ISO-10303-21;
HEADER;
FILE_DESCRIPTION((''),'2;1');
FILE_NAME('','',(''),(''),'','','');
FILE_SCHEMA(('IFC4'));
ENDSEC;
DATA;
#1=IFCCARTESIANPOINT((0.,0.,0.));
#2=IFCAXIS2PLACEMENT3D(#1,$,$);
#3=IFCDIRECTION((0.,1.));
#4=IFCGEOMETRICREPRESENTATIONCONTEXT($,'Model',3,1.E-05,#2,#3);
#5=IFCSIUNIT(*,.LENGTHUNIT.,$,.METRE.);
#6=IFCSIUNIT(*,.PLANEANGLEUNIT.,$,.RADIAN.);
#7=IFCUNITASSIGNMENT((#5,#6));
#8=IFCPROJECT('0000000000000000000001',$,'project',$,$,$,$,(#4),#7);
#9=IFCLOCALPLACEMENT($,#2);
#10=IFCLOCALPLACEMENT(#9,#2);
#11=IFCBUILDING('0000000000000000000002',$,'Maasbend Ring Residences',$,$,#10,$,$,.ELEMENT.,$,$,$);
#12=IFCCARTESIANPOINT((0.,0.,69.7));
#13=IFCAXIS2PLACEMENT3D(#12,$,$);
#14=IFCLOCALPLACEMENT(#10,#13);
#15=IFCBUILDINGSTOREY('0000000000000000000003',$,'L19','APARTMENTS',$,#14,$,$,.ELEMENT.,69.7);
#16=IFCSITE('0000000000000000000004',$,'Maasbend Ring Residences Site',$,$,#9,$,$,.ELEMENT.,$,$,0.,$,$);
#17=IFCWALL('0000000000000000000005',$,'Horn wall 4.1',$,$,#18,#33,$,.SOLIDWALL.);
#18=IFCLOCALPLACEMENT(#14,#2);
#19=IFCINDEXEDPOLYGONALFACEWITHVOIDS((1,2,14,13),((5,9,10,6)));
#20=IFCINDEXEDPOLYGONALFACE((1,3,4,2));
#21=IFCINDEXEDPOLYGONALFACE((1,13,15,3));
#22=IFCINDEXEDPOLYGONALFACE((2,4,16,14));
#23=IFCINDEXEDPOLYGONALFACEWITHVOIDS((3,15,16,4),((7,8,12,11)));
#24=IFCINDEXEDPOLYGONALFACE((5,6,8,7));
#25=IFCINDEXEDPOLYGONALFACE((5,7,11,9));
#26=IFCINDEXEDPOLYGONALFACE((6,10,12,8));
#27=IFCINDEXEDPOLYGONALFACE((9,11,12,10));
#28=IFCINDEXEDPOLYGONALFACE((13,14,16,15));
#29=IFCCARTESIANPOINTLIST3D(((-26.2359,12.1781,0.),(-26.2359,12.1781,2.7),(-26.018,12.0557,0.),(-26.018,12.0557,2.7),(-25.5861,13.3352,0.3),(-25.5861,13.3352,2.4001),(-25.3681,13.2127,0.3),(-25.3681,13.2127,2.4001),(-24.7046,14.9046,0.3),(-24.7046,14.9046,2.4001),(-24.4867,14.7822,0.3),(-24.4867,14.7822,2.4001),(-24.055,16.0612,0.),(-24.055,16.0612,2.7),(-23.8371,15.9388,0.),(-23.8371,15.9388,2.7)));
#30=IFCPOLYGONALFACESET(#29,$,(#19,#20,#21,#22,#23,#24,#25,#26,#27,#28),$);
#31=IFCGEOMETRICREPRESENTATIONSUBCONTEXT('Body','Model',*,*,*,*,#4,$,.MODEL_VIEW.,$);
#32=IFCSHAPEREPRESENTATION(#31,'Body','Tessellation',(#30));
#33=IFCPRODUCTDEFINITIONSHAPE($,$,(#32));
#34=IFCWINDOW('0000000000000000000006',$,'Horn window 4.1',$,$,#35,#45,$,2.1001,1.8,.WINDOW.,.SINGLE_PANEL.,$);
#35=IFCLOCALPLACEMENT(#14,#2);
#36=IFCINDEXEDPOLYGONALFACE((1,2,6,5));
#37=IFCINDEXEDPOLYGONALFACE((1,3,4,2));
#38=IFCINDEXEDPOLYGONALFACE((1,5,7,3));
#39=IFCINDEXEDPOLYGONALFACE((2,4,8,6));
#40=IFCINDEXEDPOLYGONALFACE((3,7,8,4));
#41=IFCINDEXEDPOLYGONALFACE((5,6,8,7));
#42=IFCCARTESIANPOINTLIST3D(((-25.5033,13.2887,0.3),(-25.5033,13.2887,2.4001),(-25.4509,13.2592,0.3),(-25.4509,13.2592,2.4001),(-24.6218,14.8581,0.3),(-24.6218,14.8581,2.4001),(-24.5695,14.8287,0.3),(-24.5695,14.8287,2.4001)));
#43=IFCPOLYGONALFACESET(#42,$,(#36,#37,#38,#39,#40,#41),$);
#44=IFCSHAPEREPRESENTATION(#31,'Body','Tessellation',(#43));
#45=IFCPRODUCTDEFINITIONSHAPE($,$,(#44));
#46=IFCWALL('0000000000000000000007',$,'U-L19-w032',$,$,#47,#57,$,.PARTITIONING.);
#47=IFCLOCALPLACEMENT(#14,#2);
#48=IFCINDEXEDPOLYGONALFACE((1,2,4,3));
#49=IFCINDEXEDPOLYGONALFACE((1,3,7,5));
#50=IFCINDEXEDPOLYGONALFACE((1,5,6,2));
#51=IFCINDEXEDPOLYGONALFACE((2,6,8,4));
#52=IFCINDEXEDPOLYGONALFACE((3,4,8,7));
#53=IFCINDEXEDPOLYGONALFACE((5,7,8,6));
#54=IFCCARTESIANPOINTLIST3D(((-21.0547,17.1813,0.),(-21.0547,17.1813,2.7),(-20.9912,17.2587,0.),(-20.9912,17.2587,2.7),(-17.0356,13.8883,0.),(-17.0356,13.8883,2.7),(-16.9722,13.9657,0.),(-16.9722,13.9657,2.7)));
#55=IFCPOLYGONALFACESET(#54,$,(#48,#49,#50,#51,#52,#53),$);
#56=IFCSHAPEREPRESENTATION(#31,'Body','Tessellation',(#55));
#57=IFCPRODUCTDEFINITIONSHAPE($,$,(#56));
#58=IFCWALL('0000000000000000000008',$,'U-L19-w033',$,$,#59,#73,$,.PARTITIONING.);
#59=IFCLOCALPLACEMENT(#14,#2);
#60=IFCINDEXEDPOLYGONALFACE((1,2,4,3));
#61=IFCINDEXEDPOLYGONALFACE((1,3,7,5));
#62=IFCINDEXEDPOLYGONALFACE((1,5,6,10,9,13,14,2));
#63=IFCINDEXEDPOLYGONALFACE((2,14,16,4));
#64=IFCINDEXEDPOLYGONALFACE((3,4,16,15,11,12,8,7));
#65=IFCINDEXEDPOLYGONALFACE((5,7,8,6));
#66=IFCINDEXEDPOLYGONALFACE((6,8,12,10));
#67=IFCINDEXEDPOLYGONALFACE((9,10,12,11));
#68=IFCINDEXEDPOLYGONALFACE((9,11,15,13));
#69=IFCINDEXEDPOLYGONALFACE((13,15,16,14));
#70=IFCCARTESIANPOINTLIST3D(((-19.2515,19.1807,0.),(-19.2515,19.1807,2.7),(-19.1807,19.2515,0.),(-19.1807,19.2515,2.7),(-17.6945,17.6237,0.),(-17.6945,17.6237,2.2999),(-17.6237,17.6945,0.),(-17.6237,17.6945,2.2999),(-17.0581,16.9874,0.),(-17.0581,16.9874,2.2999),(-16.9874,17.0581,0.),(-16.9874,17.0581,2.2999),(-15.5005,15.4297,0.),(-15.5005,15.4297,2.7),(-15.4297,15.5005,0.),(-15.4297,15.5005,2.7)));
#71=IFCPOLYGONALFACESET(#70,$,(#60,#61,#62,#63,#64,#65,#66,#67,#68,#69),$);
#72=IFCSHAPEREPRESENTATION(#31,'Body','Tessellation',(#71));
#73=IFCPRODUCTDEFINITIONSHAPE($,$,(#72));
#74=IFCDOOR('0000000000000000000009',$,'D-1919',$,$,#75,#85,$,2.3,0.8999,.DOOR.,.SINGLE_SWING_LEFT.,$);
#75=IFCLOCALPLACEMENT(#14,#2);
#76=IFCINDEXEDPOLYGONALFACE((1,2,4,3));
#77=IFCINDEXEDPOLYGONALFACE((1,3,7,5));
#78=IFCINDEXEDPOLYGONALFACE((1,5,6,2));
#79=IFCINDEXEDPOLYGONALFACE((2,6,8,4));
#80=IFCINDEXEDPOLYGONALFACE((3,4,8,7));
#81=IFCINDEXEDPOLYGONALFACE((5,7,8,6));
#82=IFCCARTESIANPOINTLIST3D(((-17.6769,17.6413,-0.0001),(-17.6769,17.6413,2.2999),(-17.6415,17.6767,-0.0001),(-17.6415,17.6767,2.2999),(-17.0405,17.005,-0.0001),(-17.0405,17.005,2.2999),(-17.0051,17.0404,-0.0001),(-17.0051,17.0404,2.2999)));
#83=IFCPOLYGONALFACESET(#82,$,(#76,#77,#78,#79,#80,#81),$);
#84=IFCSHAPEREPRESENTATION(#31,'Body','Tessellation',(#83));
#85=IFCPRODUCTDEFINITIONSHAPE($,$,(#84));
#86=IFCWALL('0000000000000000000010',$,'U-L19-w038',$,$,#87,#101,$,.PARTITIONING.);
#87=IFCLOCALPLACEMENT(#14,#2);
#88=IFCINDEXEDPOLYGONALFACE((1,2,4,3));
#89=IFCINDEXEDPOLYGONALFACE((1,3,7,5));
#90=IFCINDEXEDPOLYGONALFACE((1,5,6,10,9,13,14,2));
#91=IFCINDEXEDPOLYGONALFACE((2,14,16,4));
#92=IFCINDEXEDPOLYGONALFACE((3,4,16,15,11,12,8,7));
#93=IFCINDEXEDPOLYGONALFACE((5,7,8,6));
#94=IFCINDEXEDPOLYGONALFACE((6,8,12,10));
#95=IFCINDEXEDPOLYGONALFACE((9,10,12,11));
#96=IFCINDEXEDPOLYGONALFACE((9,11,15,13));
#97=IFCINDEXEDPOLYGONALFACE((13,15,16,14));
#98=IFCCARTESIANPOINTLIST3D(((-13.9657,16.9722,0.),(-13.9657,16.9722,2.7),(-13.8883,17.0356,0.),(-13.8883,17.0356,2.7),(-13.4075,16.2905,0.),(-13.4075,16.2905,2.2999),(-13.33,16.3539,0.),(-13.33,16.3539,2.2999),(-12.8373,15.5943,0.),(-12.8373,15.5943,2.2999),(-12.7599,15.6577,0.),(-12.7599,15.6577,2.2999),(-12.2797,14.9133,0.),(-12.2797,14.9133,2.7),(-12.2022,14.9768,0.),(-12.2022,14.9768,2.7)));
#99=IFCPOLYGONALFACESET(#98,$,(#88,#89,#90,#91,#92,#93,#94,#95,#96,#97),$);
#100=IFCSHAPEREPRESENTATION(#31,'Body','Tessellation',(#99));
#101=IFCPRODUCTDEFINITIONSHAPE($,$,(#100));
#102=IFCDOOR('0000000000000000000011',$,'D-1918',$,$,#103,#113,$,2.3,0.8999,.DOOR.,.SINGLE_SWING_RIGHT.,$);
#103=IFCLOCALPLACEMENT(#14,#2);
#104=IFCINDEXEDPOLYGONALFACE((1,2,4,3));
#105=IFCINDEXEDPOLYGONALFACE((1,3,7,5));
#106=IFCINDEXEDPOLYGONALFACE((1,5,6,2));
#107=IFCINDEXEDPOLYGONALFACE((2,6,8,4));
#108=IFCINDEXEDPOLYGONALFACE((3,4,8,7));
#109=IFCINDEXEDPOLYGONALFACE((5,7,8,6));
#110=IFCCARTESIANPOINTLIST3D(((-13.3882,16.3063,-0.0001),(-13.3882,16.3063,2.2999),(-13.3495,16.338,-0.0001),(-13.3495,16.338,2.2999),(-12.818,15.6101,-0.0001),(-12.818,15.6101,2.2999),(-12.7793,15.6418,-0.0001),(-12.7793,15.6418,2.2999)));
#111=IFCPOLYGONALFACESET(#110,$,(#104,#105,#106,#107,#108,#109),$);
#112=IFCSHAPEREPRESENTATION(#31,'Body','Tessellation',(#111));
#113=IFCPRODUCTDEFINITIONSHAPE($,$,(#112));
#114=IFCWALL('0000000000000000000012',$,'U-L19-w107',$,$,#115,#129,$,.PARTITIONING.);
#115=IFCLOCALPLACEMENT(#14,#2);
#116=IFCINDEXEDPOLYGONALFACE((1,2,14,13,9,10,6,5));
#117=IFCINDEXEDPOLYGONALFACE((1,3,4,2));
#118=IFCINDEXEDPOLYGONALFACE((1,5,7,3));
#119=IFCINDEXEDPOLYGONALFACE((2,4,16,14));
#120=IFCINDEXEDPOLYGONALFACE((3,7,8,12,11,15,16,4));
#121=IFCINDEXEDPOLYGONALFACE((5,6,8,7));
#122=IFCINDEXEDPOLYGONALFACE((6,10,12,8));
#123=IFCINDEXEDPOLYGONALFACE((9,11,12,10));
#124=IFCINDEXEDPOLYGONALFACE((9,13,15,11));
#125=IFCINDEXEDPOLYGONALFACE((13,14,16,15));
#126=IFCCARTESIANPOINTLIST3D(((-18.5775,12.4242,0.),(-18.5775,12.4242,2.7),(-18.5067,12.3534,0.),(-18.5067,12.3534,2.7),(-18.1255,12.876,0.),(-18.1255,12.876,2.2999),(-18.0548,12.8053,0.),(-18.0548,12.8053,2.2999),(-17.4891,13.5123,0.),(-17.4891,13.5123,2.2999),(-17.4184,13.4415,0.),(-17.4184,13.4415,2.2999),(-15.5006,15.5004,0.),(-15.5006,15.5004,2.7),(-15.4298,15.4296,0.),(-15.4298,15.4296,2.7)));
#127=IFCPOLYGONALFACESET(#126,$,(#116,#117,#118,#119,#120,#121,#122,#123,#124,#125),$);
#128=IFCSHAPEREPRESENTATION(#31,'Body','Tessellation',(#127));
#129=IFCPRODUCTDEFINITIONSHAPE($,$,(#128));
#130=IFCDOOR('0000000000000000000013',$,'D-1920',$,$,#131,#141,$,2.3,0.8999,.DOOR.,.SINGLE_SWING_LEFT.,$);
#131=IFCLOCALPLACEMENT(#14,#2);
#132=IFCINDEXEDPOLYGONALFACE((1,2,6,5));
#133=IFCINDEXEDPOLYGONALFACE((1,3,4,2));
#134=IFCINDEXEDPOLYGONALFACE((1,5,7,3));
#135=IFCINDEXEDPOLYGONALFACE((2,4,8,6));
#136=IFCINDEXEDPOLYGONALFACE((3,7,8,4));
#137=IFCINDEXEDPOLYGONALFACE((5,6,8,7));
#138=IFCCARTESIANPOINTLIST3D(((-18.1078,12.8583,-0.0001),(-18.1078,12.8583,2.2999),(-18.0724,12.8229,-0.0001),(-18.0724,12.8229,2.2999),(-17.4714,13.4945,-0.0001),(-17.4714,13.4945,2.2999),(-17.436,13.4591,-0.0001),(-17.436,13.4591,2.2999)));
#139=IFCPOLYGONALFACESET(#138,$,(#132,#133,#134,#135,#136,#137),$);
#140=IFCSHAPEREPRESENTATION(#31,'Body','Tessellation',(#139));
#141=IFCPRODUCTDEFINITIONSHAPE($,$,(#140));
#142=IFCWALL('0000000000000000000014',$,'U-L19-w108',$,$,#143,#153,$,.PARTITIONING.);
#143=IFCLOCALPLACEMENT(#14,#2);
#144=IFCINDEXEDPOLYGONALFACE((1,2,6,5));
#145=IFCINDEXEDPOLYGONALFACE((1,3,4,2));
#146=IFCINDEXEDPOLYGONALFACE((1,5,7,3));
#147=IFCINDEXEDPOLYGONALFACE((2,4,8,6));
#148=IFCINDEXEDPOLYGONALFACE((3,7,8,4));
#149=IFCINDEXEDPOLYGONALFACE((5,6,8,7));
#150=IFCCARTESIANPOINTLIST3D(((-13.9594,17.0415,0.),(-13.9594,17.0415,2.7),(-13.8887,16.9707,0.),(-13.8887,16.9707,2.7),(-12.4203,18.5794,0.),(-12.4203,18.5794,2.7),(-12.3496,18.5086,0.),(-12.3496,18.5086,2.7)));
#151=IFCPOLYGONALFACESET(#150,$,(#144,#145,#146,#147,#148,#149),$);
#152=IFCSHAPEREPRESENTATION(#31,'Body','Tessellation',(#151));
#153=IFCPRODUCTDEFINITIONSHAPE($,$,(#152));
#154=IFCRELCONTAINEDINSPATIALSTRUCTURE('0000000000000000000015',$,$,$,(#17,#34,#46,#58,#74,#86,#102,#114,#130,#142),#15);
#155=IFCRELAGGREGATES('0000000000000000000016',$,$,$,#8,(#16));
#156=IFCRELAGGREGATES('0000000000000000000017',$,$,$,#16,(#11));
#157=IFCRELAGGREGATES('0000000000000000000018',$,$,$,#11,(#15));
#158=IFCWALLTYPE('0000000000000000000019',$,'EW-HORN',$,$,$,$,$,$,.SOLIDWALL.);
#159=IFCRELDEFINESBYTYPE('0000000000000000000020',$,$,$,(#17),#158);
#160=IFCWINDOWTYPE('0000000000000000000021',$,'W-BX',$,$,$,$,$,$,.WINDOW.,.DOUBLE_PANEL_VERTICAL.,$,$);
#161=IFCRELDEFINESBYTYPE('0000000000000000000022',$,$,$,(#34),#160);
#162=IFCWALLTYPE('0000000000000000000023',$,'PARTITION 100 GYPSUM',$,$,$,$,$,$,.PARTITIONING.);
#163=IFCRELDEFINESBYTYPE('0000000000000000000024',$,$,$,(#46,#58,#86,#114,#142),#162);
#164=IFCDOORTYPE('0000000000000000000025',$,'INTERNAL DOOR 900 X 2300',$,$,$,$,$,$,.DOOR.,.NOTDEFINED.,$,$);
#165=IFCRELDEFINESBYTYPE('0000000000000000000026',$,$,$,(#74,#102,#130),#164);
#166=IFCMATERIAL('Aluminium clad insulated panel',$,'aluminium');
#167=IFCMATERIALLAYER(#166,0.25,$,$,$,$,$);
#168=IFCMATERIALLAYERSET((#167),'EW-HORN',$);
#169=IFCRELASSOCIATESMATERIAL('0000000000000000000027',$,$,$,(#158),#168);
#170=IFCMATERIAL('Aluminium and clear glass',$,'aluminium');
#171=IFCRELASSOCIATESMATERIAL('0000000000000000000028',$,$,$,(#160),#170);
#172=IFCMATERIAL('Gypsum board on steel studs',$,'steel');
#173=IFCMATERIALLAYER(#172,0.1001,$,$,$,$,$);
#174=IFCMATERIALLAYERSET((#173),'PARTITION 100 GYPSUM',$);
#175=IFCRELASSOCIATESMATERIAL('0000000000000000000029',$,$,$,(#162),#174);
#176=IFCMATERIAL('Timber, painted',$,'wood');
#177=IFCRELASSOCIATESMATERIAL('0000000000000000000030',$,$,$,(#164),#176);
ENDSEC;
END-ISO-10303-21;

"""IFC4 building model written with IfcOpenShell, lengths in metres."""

from ifc_helpers import new_model, si_unit, direction, frame, frame_2d, origin, place, context, subcontext, project, spatial, rectangle, extrude, material, layer, layer_set, type_object, element, fill, save


model = new_model("IFC4")

# Units and contexts
model_context = context("Model", 3, precision=1e-05, world=origin(), true_north=direction((0.0, 1.0)))
body_context = subcontext(model_context, "Body", "Model", "MODEL_VIEW")
ifc_project = project(units=[si_unit("LENGTHUNIT", "METRE"), si_unit("PLANEANGLEUNIT", "RADIAN")], contexts=[model_context])

# Site, building, storey
site_placement = place(None, origin())
site = spatial("IfcSite", under=ifc_project, at=site_placement, Name="Maasbend Ring Residences Site", CompositionType="ELEMENT", RefElevation=0.0)
building_placement = place(site_placement, origin())
building = spatial("IfcBuilding", under=site, at=building_placement, Name="Maasbend Ring Residences", CompositionType="ELEMENT")
storey_placement = place(building_placement, frame((0.0, 0.0, 69.7)))
storey = spatial("IfcBuildingStorey", under=building, at=storey_placement, Name="L19", Description="APARTMENTS", CompositionType="ELEMENT", Elevation=69.7)

# Wall, opening, window
ifc_material_1 = material(Name="Aluminium clad insulated panel", Category="aluminium")
ifc_layer_1 = layer(ifc_material_1, 0.25)
ifc_layer_set_1 = layer_set([ifc_layer_1], Name="EW-HORN")
wall_type_1 = type_object("IfcWallType", Name="EW-HORN", PredefinedType="SOLIDWALL", material=ifc_layer_set_1)
wall_1_placement = place(storey_placement, frame((-23.946, 16.0, 0.0), z_axis=(0.0, 0.0, 1.0), x_axis=(-0.489696, -0.871893, 0.0)))
wall_1 = element("IfcWall", 1, at=wall_1_placement, inside=storey, type_object=wall_type_1, Name="Horn wall 4.1", PredefinedType="SOLIDWALL", context=body_context, shape_type="SweptSolid", body=[
    extrude(rectangle(XDim=4.4536, YDim=0.25, at=frame_2d((2.2268, 0.0))), origin(), (0.0, 0.0, 1.0), 2.7),
])
opening_1_placement = place(wall_1_placement, frame((1.3267, 0.0, 0.3)))
opening_1 = element("IfcOpeningElement", 2, at=opening_1_placement, cuts=wall_1, PredefinedType="OPENING", context=body_context, shape_type="SweptSolid", body=[
    extrude(rectangle(XDim=1.8, YDim=2.1001, at=frame_2d((0.8999, 1.05))), frame((0.0, 0.135, 0.0), z_axis=(0.0, -1.0, 0.0), x_axis=(1.0, 0.0, 0.0)), (0.0, 0.0, 1.0), 0.27),
])
ifc_material_2 = material(Name="Aluminium and clear glass", Category="aluminium")
window_type = type_object("IfcWindowType", Name="W-BX", PartitioningType="DOUBLE_PANEL_VERTICAL", PredefinedType="WINDOW", material=ifc_material_2)
window_placement = place(opening_1_placement, origin())
window = element("IfcWindow", 3, at=window_placement, inside=storey, type_object=window_type, Name="Horn window 4.1", OverallHeight=2.1001, OverallWidth=1.8, PartitioningType="SINGLE_PANEL", PredefinedType="WINDOW", context=body_context, shape_type="SweptSolid", body=[
    extrude(rectangle(XDim=1.8, YDim=2.1001, at=frame_2d((0.8999, 1.05))), frame((0.0, 0.03, 0.0), z_axis=(0.0, -1.0, 0.0), x_axis=(1.0, 0.0, 0.0)), (0.0, 0.0, 1.0), 0.0601),
])
fill(opening_1, window)

# Wall
ifc_material_3 = material(Name="Gypsum board on steel studs", Category="steel")
ifc_layer_2 = layer(ifc_material_3, 0.1001)
ifc_layer_set_2 = layer_set([ifc_layer_2], Name="PARTITION 100 GYPSUM")
wall_type_2 = type_object("IfcWallType", Name="PARTITION 100 GYPSUM", PredefinedType="PARTITIONING", material=ifc_layer_set_2)
wall_2_placement = place(storey_placement, frame((-21.0229, 17.22, 0.0), z_axis=(0.0, 0.0, 1.0), x_axis=(0.773517, -0.633775, 0.0)))
element("IfcWall", 4, at=wall_2_placement, inside=storey, type_object=wall_type_2, Name="U-L19-w032", PredefinedType="PARTITIONING", context=body_context, shape_type="SweptSolid", body=[
    extrude(rectangle(XDim=5.1958, YDim=0.1001, at=frame_2d((2.5979, 0.0))), origin(), (0.0, 0.0, 1.0), 2.7),
])

# Walls, openings, doors
wall_3_placement = place(storey_placement, frame((-19.2161, 19.2161, 0.0), z_axis=(0.0, 0.0, 1.0), x_axis=(0.707107, -0.707107, 0.0)))
wall_3 = element("IfcWall", 5, at=wall_3_placement, inside=storey, type_object=wall_type_2, Name="U-L19-w033", PredefinedType="PARTITIONING", context=body_context, shape_type="SweptSolid", body=[
    extrude(rectangle(XDim=5.3047, YDim=0.1001, at=frame_2d((2.6523, 0.0))), origin(), (0.0, 0.0, 1.0), 2.7),
])
opening_2_placement = place(wall_3_placement, frame((2.2019, 0.0, 0.0)))
opening_2 = element("IfcOpeningElement", 6, at=opening_2_placement, cuts=wall_3, PredefinedType="OPENING", context=body_context, shape_type="SweptSolid", body=[
    extrude(rectangle(XDim=0.8999, YDim=2.3, at=frame_2d((0.45, 1.1499))), frame((0.0, 0.0601, 0.0), z_axis=(0.0, -1.0, 0.0), x_axis=(1.0, 0.0, 0.0)), (0.0, 0.0, 1.0), 0.1201),
])
ifc_material_4 = material(Name="Timber, painted", Category="wood")
door_type = type_object("IfcDoorType", Name="INTERNAL DOOR 900 X 2300", OperationType="NOTDEFINED", PredefinedType="DOOR", material=ifc_material_4)
door_1_placement = place(opening_2_placement, origin())
door_1 = element("IfcDoor", 7, at=door_1_placement, inside=storey, type_object=door_type, Name="D-1919", OperationType="SINGLE_SWING_LEFT", OverallHeight=2.3, OverallWidth=0.8999, PredefinedType="DOOR", context=body_context, shape_type="SweptSolid", body=[
    extrude(rectangle(XDim=0.8999, YDim=2.3, at=frame_2d((0.45, 1.1499))), frame((0.0, 0.0249, 0.0), z_axis=(0.0, -1.0, 0.0), x_axis=(1.0, 0.0, 0.0)), (0.0, 0.0, 1.0), 0.05),
])
fill(opening_2, door_1)
wall_4_placement = place(storey_placement, frame((-13.927, 17.0039, 0.0), z_axis=(0.0, 0.0, 1.0), x_axis=(0.633582, -0.773675, 0.0)))
wall_4 = element("IfcWall", 8, at=wall_4_placement, inside=storey, type_object=wall_type_2, Name="U-L19-w038", PredefinedType="PARTITIONING", context=body_context, shape_type="SweptSolid", body=[
    extrude(rectangle(XDim=2.6611, YDim=0.1001, at=frame_2d((1.3306, 0.0))), origin(), (0.0, 0.0, 1.0), 2.7),
])
opening_3_placement = place(wall_4_placement, frame((0.8811, 0.0, 0.0)))
opening_3 = element("IfcOpeningElement", 9, at=opening_3_placement, cuts=wall_4, PredefinedType="OPENING", context=body_context, shape_type="SweptSolid", body=[
    extrude(rectangle(XDim=0.8999, YDim=2.3, at=frame_2d((0.45, 1.1499))), frame((0.0, 0.0601, 0.0), z_axis=(0.0, -1.0, 0.0), x_axis=(1.0, 0.0, 0.0)), (0.0, 0.0, 1.0), 0.1201),
])
door_2_placement = place(opening_3_placement, origin())
door_2 = element("IfcDoor", 10, at=door_2_placement, inside=storey, type_object=door_type, Name="D-1918", OperationType="SINGLE_SWING_RIGHT", OverallHeight=2.3, OverallWidth=0.8999, PredefinedType="DOOR", context=body_context, shape_type="SweptSolid", body=[
    extrude(rectangle(XDim=0.8999, YDim=2.3, at=frame_2d((0.45, 1.1499))), frame((0.0, 0.0249, 0.0), z_axis=(0.0, -1.0, 0.0), x_axis=(1.0, 0.0, 0.0)), (0.0, 0.0, 1.0), 0.05),
])
fill(opening_3, door_2)
wall_5_placement = place(storey_placement, frame((-18.542, 12.3889, 0.0), z_axis=(0.0, 0.0, 1.0), x_axis=(0.707191, 0.707023, 0.0)))
wall_5 = element("IfcWall", 11, at=wall_5_placement, inside=storey, type_object=wall_type_2, Name="U-L19-w107", PredefinedType="PARTITIONING", context=body_context, shape_type="SweptSolid", body=[
    extrude(rectangle(XDim=4.3508, YDim=0.1001, at=frame_2d((2.1753, 0.0))), origin(), (0.0, 0.0, 1.0), 2.7),
])
opening_4_placement = place(wall_5_placement, frame((0.6389, 0.0, 0.0)))
opening_4 = element("IfcOpeningElement", 12, at=opening_4_placement, cuts=wall_5, PredefinedType="OPENING", context=body_context, shape_type="SweptSolid", body=[
    extrude(rectangle(XDim=0.8999, YDim=2.3, at=frame_2d((0.45, 1.1499))), frame((0.0, 0.0601, 0.0), z_axis=(0.0, -1.0, 0.0), x_axis=(1.0, 0.0, 0.0)), (0.0, 0.0, 1.0), 0.1201),
])
door_3_placement = place(opening_4_placement, origin())
door_3 = element("IfcDoor", 13, at=door_3_placement, inside=storey, type_object=door_type, Name="D-1920", OperationType="SINGLE_SWING_LEFT", OverallHeight=2.3, OverallWidth=0.8999, PredefinedType="DOOR", context=body_context, shape_type="SweptSolid", body=[
    extrude(rectangle(XDim=0.8999, YDim=2.3, at=frame_2d((0.45, 1.1499))), frame((0.0, 0.0249, 0.0), z_axis=(0.0, -1.0, 0.0), x_axis=(1.0, 0.0, 0.0)), (0.0, 0.0, 1.0), 0.05),
])
fill(opening_4, door_3)

# Wall
wall_6_placement = place(storey_placement, frame((-13.9241, 17.0061, 0.0), z_axis=(0.0, 0.0, 1.0), x_axis=(0.707387, 0.706826, 0.0)))
element("IfcWall", 14, at=wall_6_placement, inside=storey, type_object=wall_type_2, Name="U-L19-w108", PredefinedType="PARTITIONING", context=body_context, shape_type="SweptSolid", body=[
    extrude(rectangle(XDim=2.1758, YDim=0.1001, at=frame_2d((1.0879, 0.0))), origin(), (0.0, 0.0, 1.0), 2.7),
])

save(model, "model.ifc")
